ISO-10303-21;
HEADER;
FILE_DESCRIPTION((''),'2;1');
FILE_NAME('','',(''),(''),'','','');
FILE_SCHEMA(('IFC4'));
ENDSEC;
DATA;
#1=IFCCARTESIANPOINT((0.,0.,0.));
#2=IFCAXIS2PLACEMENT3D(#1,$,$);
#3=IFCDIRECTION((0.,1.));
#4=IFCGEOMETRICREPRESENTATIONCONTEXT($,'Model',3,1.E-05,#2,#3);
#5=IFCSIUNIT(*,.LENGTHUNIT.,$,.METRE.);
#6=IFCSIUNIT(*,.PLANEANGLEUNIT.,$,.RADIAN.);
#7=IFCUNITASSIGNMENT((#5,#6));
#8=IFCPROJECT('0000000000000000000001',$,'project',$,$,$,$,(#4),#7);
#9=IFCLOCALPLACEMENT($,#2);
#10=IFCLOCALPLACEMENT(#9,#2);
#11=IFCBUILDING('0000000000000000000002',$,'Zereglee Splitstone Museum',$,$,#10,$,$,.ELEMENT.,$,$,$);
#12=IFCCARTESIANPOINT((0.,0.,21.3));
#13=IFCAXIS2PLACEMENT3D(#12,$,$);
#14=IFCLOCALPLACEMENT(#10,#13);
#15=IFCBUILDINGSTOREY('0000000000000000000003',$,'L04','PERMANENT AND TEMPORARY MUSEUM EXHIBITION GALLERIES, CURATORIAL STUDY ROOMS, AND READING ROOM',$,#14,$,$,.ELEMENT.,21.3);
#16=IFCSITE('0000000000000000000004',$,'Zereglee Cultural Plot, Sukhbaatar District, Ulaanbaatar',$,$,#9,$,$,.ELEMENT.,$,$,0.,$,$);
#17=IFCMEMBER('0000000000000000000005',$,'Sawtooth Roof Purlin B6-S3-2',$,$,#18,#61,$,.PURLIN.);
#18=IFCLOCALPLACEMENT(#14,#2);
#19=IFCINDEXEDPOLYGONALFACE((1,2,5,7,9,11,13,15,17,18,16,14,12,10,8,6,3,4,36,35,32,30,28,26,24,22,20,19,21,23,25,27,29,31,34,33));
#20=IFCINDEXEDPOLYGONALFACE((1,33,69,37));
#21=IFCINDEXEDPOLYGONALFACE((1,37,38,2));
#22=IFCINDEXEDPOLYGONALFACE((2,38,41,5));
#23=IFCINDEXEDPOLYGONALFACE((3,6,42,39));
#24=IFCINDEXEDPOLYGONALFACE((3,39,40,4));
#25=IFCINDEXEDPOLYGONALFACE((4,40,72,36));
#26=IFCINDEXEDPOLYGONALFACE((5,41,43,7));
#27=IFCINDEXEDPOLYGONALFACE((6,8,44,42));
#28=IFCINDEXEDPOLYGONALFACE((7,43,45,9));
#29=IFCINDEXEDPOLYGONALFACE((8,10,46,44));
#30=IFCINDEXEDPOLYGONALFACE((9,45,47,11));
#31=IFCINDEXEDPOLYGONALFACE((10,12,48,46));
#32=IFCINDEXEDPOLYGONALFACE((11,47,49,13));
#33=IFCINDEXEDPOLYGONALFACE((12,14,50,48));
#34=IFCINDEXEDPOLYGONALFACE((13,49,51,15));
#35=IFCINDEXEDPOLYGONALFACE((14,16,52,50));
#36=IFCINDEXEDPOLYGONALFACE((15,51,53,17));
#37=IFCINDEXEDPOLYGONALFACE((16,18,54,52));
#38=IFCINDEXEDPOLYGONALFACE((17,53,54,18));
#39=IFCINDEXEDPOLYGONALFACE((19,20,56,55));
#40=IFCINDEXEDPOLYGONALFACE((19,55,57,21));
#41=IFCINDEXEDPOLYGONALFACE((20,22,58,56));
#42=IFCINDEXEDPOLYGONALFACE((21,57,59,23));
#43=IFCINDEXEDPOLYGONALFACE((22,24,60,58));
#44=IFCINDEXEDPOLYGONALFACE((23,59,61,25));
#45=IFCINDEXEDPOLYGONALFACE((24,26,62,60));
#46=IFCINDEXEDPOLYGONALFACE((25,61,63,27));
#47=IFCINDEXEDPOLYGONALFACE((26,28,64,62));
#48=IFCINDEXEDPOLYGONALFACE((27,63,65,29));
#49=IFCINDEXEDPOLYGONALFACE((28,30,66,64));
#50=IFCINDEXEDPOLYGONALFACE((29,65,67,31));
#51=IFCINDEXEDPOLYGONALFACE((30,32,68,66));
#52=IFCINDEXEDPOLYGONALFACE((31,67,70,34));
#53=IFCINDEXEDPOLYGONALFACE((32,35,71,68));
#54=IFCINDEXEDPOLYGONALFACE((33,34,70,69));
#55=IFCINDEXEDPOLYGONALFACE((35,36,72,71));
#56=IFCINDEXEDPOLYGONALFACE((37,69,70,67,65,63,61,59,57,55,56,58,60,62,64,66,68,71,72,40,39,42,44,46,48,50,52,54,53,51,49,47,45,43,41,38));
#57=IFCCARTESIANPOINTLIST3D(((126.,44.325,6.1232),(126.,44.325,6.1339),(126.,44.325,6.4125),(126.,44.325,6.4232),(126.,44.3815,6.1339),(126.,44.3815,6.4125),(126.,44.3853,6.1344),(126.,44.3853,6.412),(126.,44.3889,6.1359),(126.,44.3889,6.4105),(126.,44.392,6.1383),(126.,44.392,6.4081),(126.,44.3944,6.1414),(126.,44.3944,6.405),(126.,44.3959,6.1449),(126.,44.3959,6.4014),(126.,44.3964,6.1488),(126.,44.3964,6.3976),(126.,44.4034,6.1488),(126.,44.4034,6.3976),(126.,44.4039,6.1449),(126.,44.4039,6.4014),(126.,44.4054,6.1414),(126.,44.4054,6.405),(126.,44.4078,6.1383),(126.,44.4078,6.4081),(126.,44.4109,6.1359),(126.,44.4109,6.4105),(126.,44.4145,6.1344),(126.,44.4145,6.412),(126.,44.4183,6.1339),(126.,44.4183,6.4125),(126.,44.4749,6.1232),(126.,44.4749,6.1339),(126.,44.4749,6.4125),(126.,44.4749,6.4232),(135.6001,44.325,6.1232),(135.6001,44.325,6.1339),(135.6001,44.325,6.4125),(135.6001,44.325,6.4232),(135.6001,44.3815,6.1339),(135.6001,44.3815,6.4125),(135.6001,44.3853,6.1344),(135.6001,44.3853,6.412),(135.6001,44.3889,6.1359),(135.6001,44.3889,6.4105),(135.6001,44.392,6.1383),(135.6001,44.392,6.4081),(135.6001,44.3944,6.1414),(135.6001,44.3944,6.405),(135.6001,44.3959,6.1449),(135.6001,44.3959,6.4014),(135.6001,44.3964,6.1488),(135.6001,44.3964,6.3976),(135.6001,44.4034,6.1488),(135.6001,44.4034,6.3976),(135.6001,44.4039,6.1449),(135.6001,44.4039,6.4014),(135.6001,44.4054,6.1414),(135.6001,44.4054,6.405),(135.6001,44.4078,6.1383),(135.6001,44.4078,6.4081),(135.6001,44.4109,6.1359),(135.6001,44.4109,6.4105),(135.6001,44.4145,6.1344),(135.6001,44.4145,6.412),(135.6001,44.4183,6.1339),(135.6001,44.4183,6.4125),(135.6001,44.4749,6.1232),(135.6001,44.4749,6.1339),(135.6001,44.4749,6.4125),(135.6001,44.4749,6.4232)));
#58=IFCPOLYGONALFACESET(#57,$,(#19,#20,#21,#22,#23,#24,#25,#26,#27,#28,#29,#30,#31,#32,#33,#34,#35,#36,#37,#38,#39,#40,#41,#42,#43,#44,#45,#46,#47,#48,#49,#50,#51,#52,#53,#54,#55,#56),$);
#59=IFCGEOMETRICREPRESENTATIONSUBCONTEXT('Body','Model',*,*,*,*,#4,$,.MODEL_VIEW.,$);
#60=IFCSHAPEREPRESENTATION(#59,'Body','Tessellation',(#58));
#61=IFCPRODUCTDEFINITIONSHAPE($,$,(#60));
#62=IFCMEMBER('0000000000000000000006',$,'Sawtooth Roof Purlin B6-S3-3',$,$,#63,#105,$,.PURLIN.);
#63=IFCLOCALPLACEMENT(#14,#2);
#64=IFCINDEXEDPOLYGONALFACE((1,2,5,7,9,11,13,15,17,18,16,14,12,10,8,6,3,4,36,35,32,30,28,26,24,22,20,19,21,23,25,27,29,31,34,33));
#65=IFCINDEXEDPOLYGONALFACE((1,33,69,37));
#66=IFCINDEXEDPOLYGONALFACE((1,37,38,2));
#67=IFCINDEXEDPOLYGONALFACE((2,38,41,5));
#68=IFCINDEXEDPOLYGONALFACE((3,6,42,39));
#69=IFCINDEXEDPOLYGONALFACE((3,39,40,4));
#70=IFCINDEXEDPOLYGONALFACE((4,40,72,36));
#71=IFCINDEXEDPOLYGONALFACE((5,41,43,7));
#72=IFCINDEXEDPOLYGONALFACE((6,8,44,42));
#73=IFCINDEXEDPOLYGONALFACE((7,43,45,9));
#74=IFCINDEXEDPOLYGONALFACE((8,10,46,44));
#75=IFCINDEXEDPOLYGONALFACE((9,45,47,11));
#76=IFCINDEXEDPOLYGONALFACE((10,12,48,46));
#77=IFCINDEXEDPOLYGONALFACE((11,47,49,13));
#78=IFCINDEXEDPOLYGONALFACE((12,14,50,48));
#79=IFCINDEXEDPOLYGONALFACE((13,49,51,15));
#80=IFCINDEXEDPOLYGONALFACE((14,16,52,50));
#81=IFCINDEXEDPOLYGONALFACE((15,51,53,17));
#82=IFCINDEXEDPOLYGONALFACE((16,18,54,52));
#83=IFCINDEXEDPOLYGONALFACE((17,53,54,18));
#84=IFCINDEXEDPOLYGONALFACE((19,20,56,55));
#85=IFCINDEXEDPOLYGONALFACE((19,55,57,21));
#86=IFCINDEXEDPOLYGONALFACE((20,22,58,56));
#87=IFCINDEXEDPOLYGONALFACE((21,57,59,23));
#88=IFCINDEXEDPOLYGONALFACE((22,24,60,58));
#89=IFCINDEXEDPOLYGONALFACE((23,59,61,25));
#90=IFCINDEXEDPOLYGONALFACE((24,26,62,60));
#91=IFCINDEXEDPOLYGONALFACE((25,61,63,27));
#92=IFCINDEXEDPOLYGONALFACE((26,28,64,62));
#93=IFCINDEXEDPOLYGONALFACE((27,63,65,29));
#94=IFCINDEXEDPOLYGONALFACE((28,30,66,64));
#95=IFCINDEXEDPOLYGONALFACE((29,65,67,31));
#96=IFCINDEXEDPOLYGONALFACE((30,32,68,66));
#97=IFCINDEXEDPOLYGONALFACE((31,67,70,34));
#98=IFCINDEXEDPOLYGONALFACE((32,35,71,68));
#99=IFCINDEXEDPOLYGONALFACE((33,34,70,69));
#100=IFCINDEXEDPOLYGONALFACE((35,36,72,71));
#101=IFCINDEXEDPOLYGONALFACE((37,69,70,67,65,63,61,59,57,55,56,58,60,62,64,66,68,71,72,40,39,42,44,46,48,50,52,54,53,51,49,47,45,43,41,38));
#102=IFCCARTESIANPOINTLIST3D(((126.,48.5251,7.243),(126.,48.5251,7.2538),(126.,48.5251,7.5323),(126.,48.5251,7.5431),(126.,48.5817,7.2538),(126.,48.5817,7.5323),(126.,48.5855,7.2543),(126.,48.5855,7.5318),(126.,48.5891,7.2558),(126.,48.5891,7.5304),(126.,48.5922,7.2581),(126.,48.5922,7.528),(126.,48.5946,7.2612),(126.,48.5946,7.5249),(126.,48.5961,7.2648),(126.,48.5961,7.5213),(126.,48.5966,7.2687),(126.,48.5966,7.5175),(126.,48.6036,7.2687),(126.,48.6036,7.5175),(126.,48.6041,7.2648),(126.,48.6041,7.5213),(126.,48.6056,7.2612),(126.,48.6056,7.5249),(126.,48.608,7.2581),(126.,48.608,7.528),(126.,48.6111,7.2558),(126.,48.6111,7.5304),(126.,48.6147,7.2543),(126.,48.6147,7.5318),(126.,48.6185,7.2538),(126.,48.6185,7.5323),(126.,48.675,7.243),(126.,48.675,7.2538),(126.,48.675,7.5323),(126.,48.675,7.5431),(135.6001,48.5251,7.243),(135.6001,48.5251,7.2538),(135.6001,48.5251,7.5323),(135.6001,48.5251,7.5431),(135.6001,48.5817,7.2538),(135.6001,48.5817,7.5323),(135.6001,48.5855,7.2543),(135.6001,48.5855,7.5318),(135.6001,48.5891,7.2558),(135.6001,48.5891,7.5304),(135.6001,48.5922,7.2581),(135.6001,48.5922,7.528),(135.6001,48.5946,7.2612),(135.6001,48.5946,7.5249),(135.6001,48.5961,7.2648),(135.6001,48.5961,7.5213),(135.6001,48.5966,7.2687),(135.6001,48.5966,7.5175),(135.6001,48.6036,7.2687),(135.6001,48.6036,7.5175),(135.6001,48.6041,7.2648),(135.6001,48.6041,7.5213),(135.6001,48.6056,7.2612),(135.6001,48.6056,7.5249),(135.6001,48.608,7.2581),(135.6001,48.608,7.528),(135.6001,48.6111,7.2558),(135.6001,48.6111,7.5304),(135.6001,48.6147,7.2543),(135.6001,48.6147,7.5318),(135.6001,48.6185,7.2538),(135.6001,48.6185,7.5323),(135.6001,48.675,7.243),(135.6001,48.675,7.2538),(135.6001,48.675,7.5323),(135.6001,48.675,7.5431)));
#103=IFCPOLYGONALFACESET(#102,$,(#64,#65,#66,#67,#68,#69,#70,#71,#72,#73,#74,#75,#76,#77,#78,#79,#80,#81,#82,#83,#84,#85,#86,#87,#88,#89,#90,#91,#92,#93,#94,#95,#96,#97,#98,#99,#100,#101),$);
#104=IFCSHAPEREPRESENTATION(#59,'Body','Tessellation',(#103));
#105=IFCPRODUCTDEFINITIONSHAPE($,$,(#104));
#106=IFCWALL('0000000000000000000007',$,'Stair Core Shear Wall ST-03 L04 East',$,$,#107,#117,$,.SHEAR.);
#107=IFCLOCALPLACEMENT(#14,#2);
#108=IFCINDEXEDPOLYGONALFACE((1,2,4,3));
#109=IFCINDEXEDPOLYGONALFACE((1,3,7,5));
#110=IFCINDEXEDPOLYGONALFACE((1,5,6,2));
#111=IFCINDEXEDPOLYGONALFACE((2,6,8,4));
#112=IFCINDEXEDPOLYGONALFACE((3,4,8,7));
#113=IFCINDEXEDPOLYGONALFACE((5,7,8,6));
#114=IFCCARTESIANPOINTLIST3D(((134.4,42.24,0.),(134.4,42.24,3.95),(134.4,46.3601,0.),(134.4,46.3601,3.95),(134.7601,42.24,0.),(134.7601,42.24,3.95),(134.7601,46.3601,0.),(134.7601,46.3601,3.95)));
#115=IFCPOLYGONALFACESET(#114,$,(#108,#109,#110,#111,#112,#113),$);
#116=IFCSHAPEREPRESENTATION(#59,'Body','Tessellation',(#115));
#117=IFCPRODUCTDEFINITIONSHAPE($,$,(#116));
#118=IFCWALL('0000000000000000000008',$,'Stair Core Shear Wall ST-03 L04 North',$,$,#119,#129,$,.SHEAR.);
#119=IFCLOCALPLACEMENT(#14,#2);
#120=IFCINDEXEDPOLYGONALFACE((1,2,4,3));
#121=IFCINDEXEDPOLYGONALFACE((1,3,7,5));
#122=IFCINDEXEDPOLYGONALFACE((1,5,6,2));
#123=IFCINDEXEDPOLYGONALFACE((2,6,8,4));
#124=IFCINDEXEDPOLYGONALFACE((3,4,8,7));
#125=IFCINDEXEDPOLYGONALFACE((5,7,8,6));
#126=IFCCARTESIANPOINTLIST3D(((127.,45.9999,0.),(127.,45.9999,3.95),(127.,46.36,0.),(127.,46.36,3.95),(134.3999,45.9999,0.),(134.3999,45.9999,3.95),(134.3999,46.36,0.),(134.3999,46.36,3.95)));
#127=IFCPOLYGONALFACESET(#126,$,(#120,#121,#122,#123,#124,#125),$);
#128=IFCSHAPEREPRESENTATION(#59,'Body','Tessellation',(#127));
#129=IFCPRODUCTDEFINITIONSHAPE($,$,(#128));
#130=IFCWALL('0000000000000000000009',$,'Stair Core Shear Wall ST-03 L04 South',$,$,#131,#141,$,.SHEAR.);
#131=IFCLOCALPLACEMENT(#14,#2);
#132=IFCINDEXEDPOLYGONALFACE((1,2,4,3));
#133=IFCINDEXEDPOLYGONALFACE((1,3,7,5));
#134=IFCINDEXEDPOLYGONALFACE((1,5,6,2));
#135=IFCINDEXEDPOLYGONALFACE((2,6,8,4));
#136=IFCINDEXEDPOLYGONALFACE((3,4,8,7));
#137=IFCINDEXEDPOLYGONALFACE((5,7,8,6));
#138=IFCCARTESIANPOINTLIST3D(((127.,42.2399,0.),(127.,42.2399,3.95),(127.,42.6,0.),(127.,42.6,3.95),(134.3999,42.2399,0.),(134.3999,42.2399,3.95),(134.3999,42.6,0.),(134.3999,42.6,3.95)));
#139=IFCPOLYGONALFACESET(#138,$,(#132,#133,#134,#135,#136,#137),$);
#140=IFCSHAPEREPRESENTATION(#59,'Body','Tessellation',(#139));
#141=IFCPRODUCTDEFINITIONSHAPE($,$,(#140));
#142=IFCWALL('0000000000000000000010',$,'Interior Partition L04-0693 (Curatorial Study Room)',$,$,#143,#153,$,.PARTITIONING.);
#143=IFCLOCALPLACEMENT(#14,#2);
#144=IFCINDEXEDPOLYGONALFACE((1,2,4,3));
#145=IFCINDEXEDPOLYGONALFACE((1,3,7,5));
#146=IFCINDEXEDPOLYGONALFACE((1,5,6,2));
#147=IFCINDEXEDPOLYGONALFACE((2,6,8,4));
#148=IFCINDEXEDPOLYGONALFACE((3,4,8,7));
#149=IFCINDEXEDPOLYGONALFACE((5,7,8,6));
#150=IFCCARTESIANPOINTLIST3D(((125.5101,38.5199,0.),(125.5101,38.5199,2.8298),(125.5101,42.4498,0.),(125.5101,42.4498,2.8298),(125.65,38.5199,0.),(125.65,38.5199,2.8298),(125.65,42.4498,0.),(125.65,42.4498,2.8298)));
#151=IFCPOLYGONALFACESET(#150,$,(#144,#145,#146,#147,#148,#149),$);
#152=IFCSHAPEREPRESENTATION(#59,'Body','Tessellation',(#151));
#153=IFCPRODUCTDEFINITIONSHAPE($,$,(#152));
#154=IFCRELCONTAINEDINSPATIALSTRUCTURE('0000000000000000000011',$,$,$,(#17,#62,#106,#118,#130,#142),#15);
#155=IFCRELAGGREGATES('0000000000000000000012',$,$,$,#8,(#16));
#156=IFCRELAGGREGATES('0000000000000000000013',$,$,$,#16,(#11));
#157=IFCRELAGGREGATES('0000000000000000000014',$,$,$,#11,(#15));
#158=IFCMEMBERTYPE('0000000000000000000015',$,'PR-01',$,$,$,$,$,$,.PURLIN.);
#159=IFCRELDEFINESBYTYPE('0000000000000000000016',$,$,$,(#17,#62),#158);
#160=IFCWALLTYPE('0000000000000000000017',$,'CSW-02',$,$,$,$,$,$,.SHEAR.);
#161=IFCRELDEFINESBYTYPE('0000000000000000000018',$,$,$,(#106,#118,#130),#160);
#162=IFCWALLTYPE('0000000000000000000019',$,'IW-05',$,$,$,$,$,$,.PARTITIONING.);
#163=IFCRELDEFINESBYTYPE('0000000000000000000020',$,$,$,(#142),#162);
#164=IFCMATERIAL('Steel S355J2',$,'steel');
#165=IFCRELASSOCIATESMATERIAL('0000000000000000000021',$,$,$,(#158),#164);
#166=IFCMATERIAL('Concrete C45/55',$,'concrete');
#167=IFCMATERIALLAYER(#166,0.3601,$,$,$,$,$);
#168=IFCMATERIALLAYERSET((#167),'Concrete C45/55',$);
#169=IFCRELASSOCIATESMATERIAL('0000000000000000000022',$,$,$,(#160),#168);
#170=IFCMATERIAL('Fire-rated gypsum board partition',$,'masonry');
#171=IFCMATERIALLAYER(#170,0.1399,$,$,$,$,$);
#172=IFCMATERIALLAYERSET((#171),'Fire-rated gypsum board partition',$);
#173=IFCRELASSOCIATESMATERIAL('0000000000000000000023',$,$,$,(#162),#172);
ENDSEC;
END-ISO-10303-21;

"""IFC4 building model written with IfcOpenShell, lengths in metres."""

from ifc_helpers import new_model, si_unit, direction, frame, frame_2d, origin, origin_2d, place, context, subcontext, project, spatial, rectangle, i_section, extrude, material, layer, layer_set, material_profile, profile_set, type_object, element, save


model = new_model("IFC4")

# Units and contexts
model_context = context("Model", 3, precision=1e-05, world=origin(), true_north=direction((0.0, 1.0)))
body_context = subcontext(model_context, "Body", "Model", "MODEL_VIEW")
ifc_project = project(units=[si_unit("LENGTHUNIT", "METRE"), si_unit("PLANEANGLEUNIT", "RADIAN")], contexts=[model_context])

# Site, building, storey
site_placement = place(None, origin())
site = spatial("IfcSite", under=ifc_project, at=site_placement, Name="Zereglee Cultural Plot, Sukhbaatar District, Ulaanbaatar", CompositionType="ELEMENT", RefElevation=0.0)
building_placement = place(site_placement, origin())
building = spatial("IfcBuilding", under=site, at=building_placement, Name="Zereglee Splitstone Museum", CompositionType="ELEMENT")
storey_placement = place(building_placement, frame((0.0, 0.0, 21.3)))
storey = spatial("IfcBuildingStorey", under=building, at=storey_placement, Name="L04", Description="PERMANENT AND TEMPORARY MUSEUM EXHIBITION GALLERIES, CURATORIAL STUDY ROOMS, AND READING ROOM", CompositionType="ELEMENT", Elevation=21.3)

# Members
ifc_material_1 = material(Name="Steel S355J2", Category="steel")
ifc_material_profile_1 = material_profile(ifc_material_1, i_section(OverallWidth=0.1499, OverallDepth=0.3, WebThickness=0.0071, FlangeThickness=0.0107, FilletRadius=0.0149, at=origin_2d()), Name="IPE 300")
ifc_profile_set_1 = profile_set([ifc_material_profile_1], Name="Steel S355J2")
member_type_1 = type_object("IfcMemberType", Name="PR-01", PredefinedType="PURLIN", material=ifc_profile_set_1)
for number, where, z_axis, x_axis, name in (
    (1, (126.0, 44.3999, 6.2732), (1.0, 0.0, 0.0), (0.0, 1.0, 0.0), "Sawtooth Roof Purlin B6-S3-2"),
    (2, (126.0, 48.6001, 7.3931), (1.0, 0.0, 0.0), (0.0, 1.0, 0.0), "Sawtooth Roof Purlin B6-S3-3"),
):
    element("IfcMember", number, at=place(storey_placement, frame(where, z_axis=z_axis, x_axis=x_axis)), inside=storey, type_object=member_type_1, Name=name, PredefinedType="PURLIN", context=body_context, shape_type="SweptSolid", body=[
        extrude(i_section(OverallWidth=0.1499, OverallDepth=0.3, WebThickness=0.0071, FlangeThickness=0.0107, FilletRadius=0.0149, at=origin_2d()), origin(), (0.0, 0.0, 1.0), 9.6001),
    ])

# Shared definitions
ifc_material_2 = material(Name="Concrete C45/55", Category="concrete")
ifc_layer_1 = layer(ifc_material_2, 0.3601)
ifc_layer_set_1 = layer_set([ifc_layer_1], Name="Concrete C45/55")
wall_type_1 = type_object("IfcWallType", Name="CSW-02", PredefinedType="SHEAR", material=ifc_layer_set_1)

# Walls
wall_1_placement = place(storey_placement, frame((134.5801, 42.24, 0.0), z_axis=(0.0, 0.0, 1.0), x_axis=(0.0, 1.0, 0.0)))
element("IfcWall", 3, at=wall_1_placement, inside=storey, type_object=wall_type_1, Name="Stair Core Shear Wall ST-03 L04 East", PredefinedType="SHEAR", context=body_context, shape_type="SweptSolid", body=[
    extrude(rectangle(XDim=4.1201, YDim=0.3601, at=frame_2d((2.0601, 0.0))), origin(), (0.0, 0.0, 1.0), 3.95),
])
for number, where, z_axis, x_axis, name in (
    (4, (127.0, 46.1799, 0.0), (0.0, 0.0, 1.0), (1.0, 0.0, 0.0), "Stair Core Shear Wall ST-03 L04 North"),
    (5, (127.0, 42.4199, 0.0), (0.0, 0.0, 1.0), (1.0, 0.0, 0.0), "Stair Core Shear Wall ST-03 L04 South"),
):
    element("IfcWall", number, at=place(storey_placement, frame(where, z_axis=z_axis, x_axis=x_axis)), inside=storey, type_object=wall_type_1, Name=name, PredefinedType="SHEAR", context=body_context, shape_type="SweptSolid", body=[
        extrude(rectangle(XDim=7.3999, YDim=0.3601, at=frame_2d((3.7, 0.0))), origin(), (0.0, 0.0, 1.0), 3.95),
    ])
ifc_material_3 = material(Name="Fire-rated gypsum board partition", Category="masonry")
ifc_layer_2 = layer(ifc_material_3, 0.1399)
ifc_layer_set_2 = layer_set([ifc_layer_2], Name="Fire-rated gypsum board partition")
wall_type_2 = type_object("IfcWallType", Name="IW-05", PredefinedType="PARTITIONING", material=ifc_layer_set_2)
wall_2_placement = place(storey_placement, frame((125.5801, 38.52, 0.0), z_axis=(0.0, 0.0, 1.0), x_axis=(0.0, 1.0, 0.0)))
element("IfcWall", 6, at=wall_2_placement, inside=storey, type_object=wall_type_2, Name="Interior Partition L04-0693 (Curatorial Study Room)", PredefinedType="PARTITIONING", context=body_context, shape_type="SweptSolid", body=[
    extrude(rectangle(XDim=3.9299, YDim=0.1399, at=frame_2d((1.9648, 0.0))), origin(), (0.0, 0.0, 1.0), 2.8298),
])

save(model, "model.ifc")
